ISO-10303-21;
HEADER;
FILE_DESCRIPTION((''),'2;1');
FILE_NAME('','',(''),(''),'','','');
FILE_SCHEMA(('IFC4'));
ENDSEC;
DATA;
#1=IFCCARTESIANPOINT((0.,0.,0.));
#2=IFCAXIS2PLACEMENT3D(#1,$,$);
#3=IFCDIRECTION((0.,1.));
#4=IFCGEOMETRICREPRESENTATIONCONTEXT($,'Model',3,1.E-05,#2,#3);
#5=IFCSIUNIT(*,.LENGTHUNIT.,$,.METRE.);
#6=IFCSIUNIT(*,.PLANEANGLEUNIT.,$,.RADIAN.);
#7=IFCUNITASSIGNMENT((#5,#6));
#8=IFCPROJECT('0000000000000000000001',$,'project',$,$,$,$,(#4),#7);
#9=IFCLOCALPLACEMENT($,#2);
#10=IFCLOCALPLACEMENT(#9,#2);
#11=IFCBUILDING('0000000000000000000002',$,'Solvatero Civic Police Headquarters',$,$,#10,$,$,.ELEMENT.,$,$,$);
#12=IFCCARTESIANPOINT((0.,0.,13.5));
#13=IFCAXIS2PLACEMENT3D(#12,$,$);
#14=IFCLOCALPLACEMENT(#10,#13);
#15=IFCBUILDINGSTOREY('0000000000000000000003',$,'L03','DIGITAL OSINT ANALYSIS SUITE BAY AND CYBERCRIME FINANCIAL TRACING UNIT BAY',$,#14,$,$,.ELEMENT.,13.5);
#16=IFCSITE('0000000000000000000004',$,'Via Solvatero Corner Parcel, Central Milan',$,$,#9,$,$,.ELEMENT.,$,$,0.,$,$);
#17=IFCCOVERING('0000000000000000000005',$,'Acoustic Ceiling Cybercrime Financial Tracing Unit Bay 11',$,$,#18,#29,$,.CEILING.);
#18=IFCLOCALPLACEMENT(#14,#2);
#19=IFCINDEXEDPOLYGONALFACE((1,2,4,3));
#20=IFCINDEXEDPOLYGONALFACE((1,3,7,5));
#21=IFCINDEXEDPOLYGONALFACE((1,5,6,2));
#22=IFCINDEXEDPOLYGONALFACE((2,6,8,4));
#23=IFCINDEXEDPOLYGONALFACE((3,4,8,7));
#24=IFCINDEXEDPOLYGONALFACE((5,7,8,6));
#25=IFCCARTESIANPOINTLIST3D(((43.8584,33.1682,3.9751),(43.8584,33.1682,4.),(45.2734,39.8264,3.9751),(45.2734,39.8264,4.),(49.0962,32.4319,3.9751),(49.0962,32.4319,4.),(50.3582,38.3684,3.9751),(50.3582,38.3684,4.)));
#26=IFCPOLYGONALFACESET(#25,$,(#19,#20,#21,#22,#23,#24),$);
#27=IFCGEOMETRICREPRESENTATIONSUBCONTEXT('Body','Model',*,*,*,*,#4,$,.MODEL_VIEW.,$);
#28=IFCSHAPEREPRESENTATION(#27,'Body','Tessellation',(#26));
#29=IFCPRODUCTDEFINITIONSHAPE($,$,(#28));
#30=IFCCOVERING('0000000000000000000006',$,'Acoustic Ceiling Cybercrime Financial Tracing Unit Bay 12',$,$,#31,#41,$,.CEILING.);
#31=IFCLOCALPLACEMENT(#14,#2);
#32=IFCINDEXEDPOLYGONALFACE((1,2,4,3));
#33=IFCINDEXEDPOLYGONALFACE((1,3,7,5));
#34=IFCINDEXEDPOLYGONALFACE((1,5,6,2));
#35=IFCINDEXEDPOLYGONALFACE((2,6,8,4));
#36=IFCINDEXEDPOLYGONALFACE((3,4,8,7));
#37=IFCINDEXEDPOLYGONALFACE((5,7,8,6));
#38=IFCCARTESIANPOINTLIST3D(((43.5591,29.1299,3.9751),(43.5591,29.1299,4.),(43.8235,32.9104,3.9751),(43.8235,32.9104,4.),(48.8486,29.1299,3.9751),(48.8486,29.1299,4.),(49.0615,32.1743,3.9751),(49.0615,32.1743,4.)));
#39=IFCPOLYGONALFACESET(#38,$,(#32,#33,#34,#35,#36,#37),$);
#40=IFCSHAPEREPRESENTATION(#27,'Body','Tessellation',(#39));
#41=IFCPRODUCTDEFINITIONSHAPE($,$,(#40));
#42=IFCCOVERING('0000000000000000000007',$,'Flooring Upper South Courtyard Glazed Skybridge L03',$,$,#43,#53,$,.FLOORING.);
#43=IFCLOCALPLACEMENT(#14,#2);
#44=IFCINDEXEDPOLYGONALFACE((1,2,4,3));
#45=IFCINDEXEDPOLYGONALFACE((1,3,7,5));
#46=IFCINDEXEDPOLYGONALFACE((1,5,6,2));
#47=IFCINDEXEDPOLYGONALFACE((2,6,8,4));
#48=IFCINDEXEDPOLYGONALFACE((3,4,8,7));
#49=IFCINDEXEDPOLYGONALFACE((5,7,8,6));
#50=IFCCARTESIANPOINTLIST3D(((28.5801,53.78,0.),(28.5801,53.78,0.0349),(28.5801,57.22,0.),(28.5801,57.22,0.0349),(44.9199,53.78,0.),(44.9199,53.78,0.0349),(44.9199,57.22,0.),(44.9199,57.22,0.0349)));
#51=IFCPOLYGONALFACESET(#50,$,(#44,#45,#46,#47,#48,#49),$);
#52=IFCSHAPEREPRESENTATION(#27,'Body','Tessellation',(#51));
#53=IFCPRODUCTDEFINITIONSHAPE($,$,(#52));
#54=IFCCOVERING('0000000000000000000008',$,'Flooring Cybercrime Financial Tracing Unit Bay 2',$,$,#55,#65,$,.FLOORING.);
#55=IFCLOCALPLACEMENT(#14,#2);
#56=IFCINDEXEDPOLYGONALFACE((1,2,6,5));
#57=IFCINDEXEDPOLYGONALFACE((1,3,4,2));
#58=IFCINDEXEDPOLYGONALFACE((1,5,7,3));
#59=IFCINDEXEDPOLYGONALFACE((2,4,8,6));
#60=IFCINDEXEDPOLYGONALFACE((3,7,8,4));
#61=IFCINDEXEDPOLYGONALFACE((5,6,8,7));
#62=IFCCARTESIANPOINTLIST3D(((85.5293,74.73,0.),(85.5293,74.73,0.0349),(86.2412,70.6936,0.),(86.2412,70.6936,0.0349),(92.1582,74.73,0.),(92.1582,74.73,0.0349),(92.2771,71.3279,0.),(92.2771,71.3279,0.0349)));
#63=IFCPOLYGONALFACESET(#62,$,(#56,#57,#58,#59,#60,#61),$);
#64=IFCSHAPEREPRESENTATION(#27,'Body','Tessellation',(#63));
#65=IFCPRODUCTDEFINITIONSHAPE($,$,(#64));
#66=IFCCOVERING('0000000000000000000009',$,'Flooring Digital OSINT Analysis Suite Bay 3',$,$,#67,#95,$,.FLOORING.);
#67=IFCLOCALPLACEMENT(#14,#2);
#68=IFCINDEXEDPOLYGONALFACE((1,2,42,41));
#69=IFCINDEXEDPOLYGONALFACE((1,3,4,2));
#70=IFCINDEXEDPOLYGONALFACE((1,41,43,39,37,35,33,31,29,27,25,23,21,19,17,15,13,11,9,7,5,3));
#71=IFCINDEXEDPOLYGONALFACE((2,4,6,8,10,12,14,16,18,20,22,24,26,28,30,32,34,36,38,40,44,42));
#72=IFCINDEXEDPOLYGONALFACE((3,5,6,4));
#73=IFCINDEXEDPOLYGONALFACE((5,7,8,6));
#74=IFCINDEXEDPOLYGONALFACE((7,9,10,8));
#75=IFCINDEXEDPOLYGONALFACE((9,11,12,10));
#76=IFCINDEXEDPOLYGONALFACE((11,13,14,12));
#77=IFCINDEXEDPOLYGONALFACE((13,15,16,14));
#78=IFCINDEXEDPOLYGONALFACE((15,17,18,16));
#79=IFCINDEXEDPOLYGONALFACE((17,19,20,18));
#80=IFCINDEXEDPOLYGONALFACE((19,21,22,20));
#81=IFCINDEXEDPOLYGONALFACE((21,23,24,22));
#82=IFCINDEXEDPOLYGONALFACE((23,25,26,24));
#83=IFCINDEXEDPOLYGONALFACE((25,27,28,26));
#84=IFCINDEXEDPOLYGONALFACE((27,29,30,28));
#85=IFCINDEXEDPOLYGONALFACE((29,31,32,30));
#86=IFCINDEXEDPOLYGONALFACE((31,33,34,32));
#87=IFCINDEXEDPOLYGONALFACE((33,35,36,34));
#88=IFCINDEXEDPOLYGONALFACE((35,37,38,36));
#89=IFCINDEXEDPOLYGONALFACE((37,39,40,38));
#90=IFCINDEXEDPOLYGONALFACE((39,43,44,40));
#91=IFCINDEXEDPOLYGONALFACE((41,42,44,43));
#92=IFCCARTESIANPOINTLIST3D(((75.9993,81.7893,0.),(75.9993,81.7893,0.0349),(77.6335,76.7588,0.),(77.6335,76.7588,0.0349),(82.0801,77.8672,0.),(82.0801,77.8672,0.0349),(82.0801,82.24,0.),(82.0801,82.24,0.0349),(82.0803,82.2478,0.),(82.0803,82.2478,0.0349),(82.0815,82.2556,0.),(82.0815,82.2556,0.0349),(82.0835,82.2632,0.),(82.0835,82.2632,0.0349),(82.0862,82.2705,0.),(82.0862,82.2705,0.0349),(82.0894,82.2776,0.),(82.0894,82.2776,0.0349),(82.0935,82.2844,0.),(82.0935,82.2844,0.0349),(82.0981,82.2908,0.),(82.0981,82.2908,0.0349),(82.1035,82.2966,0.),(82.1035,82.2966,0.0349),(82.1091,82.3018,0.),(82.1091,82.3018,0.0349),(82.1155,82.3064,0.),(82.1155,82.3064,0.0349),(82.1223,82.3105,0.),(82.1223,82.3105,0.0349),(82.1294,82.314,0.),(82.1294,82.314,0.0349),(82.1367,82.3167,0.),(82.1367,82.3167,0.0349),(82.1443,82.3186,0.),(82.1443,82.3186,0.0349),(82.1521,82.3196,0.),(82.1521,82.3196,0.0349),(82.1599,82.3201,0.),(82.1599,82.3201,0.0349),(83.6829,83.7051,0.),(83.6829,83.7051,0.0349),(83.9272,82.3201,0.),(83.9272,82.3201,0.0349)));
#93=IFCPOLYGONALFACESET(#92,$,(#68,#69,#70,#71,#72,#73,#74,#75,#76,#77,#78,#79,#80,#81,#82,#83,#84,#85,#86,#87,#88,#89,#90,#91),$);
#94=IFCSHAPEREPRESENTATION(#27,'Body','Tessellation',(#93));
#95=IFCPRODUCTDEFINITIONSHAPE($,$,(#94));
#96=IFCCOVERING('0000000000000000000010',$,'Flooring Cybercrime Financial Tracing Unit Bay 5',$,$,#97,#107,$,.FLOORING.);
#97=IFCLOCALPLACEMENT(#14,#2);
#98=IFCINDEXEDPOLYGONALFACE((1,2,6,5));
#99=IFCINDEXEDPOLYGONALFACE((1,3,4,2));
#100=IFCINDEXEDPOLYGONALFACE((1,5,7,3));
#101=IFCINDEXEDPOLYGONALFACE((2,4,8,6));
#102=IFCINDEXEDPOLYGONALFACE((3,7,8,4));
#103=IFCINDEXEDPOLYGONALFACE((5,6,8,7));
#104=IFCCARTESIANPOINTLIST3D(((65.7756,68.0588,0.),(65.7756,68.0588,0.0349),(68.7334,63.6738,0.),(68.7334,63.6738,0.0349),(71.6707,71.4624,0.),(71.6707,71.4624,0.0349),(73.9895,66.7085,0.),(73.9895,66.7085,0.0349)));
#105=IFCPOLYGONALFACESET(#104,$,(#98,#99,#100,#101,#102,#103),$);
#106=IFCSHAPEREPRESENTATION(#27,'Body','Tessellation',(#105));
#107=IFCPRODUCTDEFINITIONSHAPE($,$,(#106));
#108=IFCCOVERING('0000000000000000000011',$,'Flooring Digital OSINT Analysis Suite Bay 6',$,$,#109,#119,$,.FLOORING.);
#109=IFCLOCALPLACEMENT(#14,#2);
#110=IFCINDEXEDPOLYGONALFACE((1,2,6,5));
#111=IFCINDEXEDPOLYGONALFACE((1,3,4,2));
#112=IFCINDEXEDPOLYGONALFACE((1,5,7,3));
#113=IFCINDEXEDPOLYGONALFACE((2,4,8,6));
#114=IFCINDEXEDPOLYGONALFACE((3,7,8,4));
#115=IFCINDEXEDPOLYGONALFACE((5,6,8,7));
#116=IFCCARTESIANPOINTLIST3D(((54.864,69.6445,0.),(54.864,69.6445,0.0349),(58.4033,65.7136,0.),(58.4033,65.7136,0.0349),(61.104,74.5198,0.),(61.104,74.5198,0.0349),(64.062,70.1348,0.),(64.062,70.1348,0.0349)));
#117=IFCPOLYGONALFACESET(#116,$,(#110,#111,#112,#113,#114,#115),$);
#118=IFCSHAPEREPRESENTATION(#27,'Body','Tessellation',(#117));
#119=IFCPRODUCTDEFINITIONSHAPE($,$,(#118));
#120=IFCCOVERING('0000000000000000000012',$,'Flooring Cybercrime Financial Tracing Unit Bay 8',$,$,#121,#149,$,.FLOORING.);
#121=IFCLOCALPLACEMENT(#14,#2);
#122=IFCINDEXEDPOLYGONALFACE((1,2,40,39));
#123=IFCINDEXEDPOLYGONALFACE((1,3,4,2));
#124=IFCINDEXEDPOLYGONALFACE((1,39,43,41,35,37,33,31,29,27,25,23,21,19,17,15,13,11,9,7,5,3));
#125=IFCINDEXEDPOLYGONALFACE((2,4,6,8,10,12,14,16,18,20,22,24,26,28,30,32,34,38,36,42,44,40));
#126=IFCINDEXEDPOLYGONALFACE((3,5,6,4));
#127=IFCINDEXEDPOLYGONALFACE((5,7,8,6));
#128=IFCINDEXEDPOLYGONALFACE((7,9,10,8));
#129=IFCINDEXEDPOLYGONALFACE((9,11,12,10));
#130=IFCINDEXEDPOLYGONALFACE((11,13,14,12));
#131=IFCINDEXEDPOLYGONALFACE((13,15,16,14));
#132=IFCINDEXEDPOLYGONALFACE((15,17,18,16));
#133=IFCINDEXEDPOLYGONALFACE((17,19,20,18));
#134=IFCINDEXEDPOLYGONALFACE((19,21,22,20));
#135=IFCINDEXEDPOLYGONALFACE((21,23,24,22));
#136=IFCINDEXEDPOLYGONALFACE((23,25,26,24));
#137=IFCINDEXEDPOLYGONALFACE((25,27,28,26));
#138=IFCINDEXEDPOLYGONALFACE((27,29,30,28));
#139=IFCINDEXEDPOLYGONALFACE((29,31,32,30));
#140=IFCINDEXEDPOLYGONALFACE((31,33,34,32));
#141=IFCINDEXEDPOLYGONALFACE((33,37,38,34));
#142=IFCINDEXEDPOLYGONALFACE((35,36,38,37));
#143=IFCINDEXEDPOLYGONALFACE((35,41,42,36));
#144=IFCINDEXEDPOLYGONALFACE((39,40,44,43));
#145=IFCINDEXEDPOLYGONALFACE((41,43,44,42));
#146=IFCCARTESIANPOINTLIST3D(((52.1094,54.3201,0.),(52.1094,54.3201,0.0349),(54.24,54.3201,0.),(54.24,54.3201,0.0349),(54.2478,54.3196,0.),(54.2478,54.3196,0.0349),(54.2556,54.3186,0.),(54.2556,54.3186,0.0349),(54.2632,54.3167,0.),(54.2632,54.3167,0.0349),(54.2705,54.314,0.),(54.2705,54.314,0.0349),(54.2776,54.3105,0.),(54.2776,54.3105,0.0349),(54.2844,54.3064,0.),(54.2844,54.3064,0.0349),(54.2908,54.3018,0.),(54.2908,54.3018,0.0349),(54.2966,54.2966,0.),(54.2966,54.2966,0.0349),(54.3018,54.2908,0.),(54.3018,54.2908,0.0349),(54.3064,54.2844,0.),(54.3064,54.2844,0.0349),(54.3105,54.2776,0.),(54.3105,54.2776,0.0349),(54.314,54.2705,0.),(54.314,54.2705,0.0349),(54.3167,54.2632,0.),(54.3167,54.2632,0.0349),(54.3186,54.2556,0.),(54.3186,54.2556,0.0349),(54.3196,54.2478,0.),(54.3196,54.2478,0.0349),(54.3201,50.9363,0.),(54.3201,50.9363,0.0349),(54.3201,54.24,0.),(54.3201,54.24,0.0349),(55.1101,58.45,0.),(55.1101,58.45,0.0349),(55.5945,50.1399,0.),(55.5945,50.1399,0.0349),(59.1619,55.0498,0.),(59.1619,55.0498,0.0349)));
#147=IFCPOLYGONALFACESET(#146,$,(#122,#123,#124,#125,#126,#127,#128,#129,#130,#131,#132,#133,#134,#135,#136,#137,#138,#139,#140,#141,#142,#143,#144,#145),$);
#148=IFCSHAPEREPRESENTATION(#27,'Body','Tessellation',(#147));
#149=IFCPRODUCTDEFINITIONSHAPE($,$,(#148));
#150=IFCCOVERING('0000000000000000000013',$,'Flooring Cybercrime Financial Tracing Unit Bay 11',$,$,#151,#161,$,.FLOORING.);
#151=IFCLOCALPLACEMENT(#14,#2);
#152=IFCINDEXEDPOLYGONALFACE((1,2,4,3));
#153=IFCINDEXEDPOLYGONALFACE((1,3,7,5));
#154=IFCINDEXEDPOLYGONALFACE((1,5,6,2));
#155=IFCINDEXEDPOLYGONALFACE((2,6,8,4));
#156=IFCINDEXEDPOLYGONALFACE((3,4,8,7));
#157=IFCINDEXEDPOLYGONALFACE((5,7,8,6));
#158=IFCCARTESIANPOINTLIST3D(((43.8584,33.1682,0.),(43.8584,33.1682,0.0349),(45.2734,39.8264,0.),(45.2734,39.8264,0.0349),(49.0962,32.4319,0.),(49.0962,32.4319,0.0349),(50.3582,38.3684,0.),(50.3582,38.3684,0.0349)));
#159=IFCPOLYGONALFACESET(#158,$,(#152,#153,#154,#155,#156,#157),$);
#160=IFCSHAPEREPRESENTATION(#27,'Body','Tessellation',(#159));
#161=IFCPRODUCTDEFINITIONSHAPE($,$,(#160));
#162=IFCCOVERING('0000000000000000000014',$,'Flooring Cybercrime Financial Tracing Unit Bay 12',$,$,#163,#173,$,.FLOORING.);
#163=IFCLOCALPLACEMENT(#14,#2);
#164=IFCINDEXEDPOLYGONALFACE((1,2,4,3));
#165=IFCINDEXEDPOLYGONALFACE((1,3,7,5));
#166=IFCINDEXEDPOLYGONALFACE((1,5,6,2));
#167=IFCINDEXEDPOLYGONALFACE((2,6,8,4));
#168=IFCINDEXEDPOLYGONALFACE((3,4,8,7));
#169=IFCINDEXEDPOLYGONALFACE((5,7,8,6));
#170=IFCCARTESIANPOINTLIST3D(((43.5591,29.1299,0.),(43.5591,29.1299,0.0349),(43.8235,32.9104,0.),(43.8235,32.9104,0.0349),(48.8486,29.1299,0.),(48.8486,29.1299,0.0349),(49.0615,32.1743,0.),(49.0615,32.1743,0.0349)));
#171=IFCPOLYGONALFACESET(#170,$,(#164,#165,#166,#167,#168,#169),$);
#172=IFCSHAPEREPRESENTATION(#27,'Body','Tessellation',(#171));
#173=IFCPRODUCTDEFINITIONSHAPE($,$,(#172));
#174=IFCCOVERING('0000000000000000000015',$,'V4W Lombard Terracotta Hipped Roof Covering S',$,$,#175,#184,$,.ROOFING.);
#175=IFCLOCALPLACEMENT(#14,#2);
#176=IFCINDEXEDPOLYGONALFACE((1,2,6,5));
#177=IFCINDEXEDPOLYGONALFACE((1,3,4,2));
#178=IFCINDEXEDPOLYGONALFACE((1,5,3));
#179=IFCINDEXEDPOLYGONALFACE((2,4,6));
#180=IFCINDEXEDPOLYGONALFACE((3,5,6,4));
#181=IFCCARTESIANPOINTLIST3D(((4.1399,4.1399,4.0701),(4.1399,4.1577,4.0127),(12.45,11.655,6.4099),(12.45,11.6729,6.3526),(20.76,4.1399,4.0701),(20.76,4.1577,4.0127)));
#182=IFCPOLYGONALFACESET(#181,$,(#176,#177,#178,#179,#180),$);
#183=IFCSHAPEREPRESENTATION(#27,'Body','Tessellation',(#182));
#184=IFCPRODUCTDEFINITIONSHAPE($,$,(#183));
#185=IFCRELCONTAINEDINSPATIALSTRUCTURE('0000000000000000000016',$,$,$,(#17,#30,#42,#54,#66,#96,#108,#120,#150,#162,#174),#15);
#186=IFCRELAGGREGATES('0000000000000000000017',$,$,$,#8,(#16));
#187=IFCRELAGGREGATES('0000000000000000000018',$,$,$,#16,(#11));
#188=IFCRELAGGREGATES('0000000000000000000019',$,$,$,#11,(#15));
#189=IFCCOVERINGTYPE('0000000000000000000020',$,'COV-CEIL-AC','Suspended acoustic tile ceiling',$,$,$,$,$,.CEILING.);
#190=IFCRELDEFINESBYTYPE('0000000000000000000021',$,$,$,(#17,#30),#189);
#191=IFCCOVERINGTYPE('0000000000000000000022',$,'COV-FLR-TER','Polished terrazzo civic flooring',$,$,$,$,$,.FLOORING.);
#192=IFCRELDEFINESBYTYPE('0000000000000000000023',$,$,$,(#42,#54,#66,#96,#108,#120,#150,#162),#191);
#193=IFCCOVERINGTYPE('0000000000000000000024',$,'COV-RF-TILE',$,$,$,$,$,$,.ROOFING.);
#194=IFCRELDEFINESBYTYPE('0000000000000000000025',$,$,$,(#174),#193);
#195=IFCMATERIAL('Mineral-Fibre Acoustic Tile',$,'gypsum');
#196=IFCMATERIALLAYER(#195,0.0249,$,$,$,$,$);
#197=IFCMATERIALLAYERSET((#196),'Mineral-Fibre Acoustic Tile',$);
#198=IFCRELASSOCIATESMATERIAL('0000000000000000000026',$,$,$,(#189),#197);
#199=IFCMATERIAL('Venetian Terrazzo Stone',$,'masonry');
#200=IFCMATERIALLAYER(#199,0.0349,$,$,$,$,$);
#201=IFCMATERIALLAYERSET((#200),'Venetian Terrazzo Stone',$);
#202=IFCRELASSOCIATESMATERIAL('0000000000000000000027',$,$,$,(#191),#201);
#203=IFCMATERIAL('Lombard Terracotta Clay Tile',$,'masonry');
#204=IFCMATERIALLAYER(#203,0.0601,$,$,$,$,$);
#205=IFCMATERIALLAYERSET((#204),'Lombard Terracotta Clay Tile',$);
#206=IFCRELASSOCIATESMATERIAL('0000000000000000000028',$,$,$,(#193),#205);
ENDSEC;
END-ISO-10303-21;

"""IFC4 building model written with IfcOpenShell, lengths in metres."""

from ifc_helpers import new_model, si_unit, direction, frame, origin, place, context, subcontext, project, spatial, polyline, outline, extrude, material, layer, layer_set, type_object, element, save


model = new_model("IFC4")

# Units and contexts
model_context = context("Model", 3, precision=1e-05, world=origin(), true_north=direction((0.0, 1.0)))
body_context = subcontext(model_context, "Body", "Model", "MODEL_VIEW")
ifc_project = project(units=[si_unit("LENGTHUNIT", "METRE"), si_unit("PLANEANGLEUNIT", "RADIAN")], contexts=[model_context])

# Site, building, storey
site_placement = place(None, origin())
site = spatial("IfcSite", under=ifc_project, at=site_placement, Name="Via Solvatero Corner Parcel, Central Milan", CompositionType="ELEMENT", RefElevation=0.0)
building_placement = place(site_placement, origin())
building = spatial("IfcBuilding", under=site, at=building_placement, Name="Solvatero Civic Police Headquarters", CompositionType="ELEMENT")
storey_placement = place(building_placement, frame((0.0, 0.0, 13.5)))
storey = spatial("IfcBuildingStorey", under=building, at=storey_placement, Name="L03", Description="DIGITAL OSINT ANALYSIS SUITE BAY AND CYBERCRIME FINANCIAL TRACING UNIT BAY", CompositionType="ELEMENT", Elevation=13.5)

# Coverings
ifc_material_1 = material(Name="Mineral-Fibre Acoustic Tile", Category="gypsum")
ifc_layer_1 = layer(ifc_material_1, 0.0249)
ifc_layer_set_1 = layer_set([ifc_layer_1], Name="Mineral-Fibre Acoustic Tile")
covering_type_1 = type_object("IfcCoveringType", Name="COV-CEIL-AC", Description="Suspended acoustic tile ceiling", PredefinedType="CEILING", material=ifc_layer_set_1)
covering_1_placement = place(storey_placement, frame((0.0, 0.0, 3.9751)))
element("IfcCovering", 1, at=covering_1_placement, inside=storey, type_object=covering_type_1, Name="Acoustic Ceiling Cybercrime Financial Tracing Unit Bay 11", PredefinedType="CEILING", context=body_context, shape_type="SweptSolid", body=[
    extrude(outline(polyline([(49.0962, 32.4319), (43.8584, 33.1682), (45.2734, 39.8264), (50.3582, 38.3684), (49.0962, 32.4319)])), origin(), (0.0, 0.0, 1.0), 0.0249),
])
covering_2_placement = place(storey_placement, frame((0.0, 0.0, 3.9751)))
element("IfcCovering", 2, at=covering_2_placement, inside=storey, type_object=covering_type_1, Name="Acoustic Ceiling Cybercrime Financial Tracing Unit Bay 12", PredefinedType="CEILING", context=body_context, shape_type="SweptSolid", body=[
    extrude(outline(polyline([(48.8486, 29.1299), (43.5591, 29.1299), (43.8235, 32.9104), (49.0615, 32.1743), (48.8486, 29.1299)])), origin(), (0.0, 0.0, 1.0), 0.0249),
])
ifc_material_2 = material(Name="Venetian Terrazzo Stone", Category="masonry")
ifc_layer_2 = layer(ifc_material_2, 0.0349)
ifc_layer_set_2 = layer_set([ifc_layer_2], Name="Venetian Terrazzo Stone")
covering_type_2 = type_object("IfcCoveringType", Name="COV-FLR-TER", Description="Polished terrazzo civic flooring", PredefinedType="FLOORING", material=ifc_layer_set_2)
covering_3_placement = place(storey_placement, origin())
element("IfcCovering", 3, at=covering_3_placement, inside=storey, type_object=covering_type_2, Name="Flooring Upper South Courtyard Glazed Skybridge L03", PredefinedType="FLOORING", context=body_context, shape_type="SweptSolid", body=[
    extrude(outline(polyline([(28.5801, 53.78), (28.5801, 57.22), (44.9199, 57.22), (44.9199, 53.78), (28.5801, 53.78)])), origin(), (0.0, 0.0, 1.0), 0.0349),
])
covering_4_placement = place(storey_placement, origin())
element("IfcCovering", 4, at=covering_4_placement, inside=storey, type_object=covering_type_2, Name="Flooring Cybercrime Financial Tracing Unit Bay 2", PredefinedType="FLOORING", context=body_context, shape_type="SweptSolid", body=[
    extrude(outline(polyline([(86.2412, 70.6936), (85.5293, 74.73), (92.1582, 74.73), (92.2771, 71.3279), (86.2412, 70.6936)])), origin(), (0.0, 0.0, 1.0), 0.0349),
])
covering_5_placement = place(storey_placement, origin())
element("IfcCovering", 5, at=covering_5_placement, inside=storey, type_object=covering_type_2, Name="Flooring Digital OSINT Analysis Suite Bay 3", PredefinedType="FLOORING", context=body_context, shape_type="SweptSolid", body=[
    extrude(outline(polyline([(77.6335, 76.7588), (75.9993, 81.7893), (83.6829, 83.7051), (83.9272, 82.3201), (82.1599, 82.3201), (82.1521, 82.3196), (82.1443, 82.3186), (82.1367, 82.3167), (82.1294, 82.314), (82.1223, 82.3105), (82.1155, 82.3064), (82.1091, 82.3018), (82.1035, 82.2966), (82.0981, 82.2908), (82.0935, 82.2844), (82.0894, 82.2776), (82.0862, 82.2705), (82.0835, 82.2632), (82.0815, 82.2556), (82.0803, 82.2478), (82.0801, 82.24), (82.0801, 77.8672), (77.6335, 76.7588)])), origin(), (0.0, 0.0, 1.0), 0.0349),
])
covering_6_placement = place(storey_placement, origin())
element("IfcCovering", 6, at=covering_6_placement, inside=storey, type_object=covering_type_2, Name="Flooring Cybercrime Financial Tracing Unit Bay 5", PredefinedType="FLOORING", context=body_context, shape_type="SweptSolid", body=[
    extrude(outline(polyline([(68.7334, 63.6738), (65.7756, 68.0588), (71.6707, 71.4624), (73.9895, 66.7085), (68.7334, 63.6738)])), origin(), (0.0, 0.0, 1.0), 0.0349),
])
covering_7_placement = place(storey_placement, origin())
element("IfcCovering", 7, at=covering_7_placement, inside=storey, type_object=covering_type_2, Name="Flooring Digital OSINT Analysis Suite Bay 6", PredefinedType="FLOORING", context=body_context, shape_type="SweptSolid", body=[
    extrude(outline(polyline([(58.4033, 65.7136), (54.864, 69.6445), (61.104, 74.5198), (64.062, 70.1348), (58.4033, 65.7136)])), origin(), (0.0, 0.0, 1.0), 0.0349),
])
covering_8_placement = place(storey_placement, origin())
element("IfcCovering", 8, at=covering_8_placement, inside=storey, type_object=covering_type_2, Name="Flooring Cybercrime Financial Tracing Unit Bay 8", PredefinedType="FLOORING", context=body_context, shape_type="SweptSolid", body=[
    extrude(outline(polyline([(55.1101, 58.45), (59.1619, 55.0498), (55.5945, 50.1399), (54.3201, 50.9363), (54.3201, 54.24), (54.3196, 54.2478), (54.3186, 54.2556), (54.3167, 54.2632), (54.314, 54.2705), (54.3105, 54.2776), (54.3064, 54.2844), (54.3018, 54.2908), (54.2966, 54.2966), (54.2908, 54.3018), (54.2844, 54.3064), (54.2776, 54.3105), (54.2705, 54.314), (54.2632, 54.3167), (54.2556, 54.3186), (54.2478, 54.3196), (54.24, 54.3201), (52.1094, 54.3201), (55.1101, 58.45)])), origin(), (0.0, 0.0, 1.0), 0.0349),
])
covering_9_placement = place(storey_placement, origin())
element("IfcCovering", 9, at=covering_9_placement, inside=storey, type_object=covering_type_2, Name="Flooring Cybercrime Financial Tracing Unit Bay 11", PredefinedType="FLOORING", context=body_context, shape_type="SweptSolid", body=[
    extrude(outline(polyline([(49.0962, 32.4319), (43.8584, 33.1682), (45.2734, 39.8264), (50.3582, 38.3684), (49.0962, 32.4319)])), origin(), (0.0, 0.0, 1.0), 0.0349),
])
covering_10_placement = place(storey_placement, origin())
element("IfcCovering", 10, at=covering_10_placement, inside=storey, type_object=covering_type_2, Name="Flooring Cybercrime Financial Tracing Unit Bay 12", PredefinedType="FLOORING", context=body_context, shape_type="SweptSolid", body=[
    extrude(outline(polyline([(48.8486, 29.1299), (43.5591, 29.1299), (43.8235, 32.9104), (49.0615, 32.1743), (48.8486, 29.1299)])), origin(), (0.0, 0.0, 1.0), 0.0349),
])
ifc_material_3 = material(Name="Lombard Terracotta Clay Tile", Category="masonry")
ifc_layer_3 = layer(ifc_material_3, 0.0601)
ifc_layer_set_3 = layer_set([ifc_layer_3], Name="Lombard Terracotta Clay Tile")
covering_type_3 = type_object("IfcCoveringType", Name="COV-RF-TILE", PredefinedType="ROOFING", material=ifc_layer_set_3)
covering_11_placement = place(storey_placement, frame((4.1399, 4.1399, 4.0701), z_axis=(0.0, -0.297275, 0.954792), x_axis=(1.0, 0.0, 0.0)))
element("IfcCovering", 11, at=covering_11_placement, inside=storey, type_object=covering_type_3, Name="V4W Lombard Terracotta Hipped Roof Covering S", PredefinedType="ROOFING", context=body_context, shape_type="SweptSolid", body=[
    extrude(outline(polyline([(0.0, 0.0), (16.6201, 0.0), (8.3101, 7.871), (0.0, 0.0)])), origin(), (0.0, 0.0, -1.0), 0.0601),
])

save(model, "model.ifc")
